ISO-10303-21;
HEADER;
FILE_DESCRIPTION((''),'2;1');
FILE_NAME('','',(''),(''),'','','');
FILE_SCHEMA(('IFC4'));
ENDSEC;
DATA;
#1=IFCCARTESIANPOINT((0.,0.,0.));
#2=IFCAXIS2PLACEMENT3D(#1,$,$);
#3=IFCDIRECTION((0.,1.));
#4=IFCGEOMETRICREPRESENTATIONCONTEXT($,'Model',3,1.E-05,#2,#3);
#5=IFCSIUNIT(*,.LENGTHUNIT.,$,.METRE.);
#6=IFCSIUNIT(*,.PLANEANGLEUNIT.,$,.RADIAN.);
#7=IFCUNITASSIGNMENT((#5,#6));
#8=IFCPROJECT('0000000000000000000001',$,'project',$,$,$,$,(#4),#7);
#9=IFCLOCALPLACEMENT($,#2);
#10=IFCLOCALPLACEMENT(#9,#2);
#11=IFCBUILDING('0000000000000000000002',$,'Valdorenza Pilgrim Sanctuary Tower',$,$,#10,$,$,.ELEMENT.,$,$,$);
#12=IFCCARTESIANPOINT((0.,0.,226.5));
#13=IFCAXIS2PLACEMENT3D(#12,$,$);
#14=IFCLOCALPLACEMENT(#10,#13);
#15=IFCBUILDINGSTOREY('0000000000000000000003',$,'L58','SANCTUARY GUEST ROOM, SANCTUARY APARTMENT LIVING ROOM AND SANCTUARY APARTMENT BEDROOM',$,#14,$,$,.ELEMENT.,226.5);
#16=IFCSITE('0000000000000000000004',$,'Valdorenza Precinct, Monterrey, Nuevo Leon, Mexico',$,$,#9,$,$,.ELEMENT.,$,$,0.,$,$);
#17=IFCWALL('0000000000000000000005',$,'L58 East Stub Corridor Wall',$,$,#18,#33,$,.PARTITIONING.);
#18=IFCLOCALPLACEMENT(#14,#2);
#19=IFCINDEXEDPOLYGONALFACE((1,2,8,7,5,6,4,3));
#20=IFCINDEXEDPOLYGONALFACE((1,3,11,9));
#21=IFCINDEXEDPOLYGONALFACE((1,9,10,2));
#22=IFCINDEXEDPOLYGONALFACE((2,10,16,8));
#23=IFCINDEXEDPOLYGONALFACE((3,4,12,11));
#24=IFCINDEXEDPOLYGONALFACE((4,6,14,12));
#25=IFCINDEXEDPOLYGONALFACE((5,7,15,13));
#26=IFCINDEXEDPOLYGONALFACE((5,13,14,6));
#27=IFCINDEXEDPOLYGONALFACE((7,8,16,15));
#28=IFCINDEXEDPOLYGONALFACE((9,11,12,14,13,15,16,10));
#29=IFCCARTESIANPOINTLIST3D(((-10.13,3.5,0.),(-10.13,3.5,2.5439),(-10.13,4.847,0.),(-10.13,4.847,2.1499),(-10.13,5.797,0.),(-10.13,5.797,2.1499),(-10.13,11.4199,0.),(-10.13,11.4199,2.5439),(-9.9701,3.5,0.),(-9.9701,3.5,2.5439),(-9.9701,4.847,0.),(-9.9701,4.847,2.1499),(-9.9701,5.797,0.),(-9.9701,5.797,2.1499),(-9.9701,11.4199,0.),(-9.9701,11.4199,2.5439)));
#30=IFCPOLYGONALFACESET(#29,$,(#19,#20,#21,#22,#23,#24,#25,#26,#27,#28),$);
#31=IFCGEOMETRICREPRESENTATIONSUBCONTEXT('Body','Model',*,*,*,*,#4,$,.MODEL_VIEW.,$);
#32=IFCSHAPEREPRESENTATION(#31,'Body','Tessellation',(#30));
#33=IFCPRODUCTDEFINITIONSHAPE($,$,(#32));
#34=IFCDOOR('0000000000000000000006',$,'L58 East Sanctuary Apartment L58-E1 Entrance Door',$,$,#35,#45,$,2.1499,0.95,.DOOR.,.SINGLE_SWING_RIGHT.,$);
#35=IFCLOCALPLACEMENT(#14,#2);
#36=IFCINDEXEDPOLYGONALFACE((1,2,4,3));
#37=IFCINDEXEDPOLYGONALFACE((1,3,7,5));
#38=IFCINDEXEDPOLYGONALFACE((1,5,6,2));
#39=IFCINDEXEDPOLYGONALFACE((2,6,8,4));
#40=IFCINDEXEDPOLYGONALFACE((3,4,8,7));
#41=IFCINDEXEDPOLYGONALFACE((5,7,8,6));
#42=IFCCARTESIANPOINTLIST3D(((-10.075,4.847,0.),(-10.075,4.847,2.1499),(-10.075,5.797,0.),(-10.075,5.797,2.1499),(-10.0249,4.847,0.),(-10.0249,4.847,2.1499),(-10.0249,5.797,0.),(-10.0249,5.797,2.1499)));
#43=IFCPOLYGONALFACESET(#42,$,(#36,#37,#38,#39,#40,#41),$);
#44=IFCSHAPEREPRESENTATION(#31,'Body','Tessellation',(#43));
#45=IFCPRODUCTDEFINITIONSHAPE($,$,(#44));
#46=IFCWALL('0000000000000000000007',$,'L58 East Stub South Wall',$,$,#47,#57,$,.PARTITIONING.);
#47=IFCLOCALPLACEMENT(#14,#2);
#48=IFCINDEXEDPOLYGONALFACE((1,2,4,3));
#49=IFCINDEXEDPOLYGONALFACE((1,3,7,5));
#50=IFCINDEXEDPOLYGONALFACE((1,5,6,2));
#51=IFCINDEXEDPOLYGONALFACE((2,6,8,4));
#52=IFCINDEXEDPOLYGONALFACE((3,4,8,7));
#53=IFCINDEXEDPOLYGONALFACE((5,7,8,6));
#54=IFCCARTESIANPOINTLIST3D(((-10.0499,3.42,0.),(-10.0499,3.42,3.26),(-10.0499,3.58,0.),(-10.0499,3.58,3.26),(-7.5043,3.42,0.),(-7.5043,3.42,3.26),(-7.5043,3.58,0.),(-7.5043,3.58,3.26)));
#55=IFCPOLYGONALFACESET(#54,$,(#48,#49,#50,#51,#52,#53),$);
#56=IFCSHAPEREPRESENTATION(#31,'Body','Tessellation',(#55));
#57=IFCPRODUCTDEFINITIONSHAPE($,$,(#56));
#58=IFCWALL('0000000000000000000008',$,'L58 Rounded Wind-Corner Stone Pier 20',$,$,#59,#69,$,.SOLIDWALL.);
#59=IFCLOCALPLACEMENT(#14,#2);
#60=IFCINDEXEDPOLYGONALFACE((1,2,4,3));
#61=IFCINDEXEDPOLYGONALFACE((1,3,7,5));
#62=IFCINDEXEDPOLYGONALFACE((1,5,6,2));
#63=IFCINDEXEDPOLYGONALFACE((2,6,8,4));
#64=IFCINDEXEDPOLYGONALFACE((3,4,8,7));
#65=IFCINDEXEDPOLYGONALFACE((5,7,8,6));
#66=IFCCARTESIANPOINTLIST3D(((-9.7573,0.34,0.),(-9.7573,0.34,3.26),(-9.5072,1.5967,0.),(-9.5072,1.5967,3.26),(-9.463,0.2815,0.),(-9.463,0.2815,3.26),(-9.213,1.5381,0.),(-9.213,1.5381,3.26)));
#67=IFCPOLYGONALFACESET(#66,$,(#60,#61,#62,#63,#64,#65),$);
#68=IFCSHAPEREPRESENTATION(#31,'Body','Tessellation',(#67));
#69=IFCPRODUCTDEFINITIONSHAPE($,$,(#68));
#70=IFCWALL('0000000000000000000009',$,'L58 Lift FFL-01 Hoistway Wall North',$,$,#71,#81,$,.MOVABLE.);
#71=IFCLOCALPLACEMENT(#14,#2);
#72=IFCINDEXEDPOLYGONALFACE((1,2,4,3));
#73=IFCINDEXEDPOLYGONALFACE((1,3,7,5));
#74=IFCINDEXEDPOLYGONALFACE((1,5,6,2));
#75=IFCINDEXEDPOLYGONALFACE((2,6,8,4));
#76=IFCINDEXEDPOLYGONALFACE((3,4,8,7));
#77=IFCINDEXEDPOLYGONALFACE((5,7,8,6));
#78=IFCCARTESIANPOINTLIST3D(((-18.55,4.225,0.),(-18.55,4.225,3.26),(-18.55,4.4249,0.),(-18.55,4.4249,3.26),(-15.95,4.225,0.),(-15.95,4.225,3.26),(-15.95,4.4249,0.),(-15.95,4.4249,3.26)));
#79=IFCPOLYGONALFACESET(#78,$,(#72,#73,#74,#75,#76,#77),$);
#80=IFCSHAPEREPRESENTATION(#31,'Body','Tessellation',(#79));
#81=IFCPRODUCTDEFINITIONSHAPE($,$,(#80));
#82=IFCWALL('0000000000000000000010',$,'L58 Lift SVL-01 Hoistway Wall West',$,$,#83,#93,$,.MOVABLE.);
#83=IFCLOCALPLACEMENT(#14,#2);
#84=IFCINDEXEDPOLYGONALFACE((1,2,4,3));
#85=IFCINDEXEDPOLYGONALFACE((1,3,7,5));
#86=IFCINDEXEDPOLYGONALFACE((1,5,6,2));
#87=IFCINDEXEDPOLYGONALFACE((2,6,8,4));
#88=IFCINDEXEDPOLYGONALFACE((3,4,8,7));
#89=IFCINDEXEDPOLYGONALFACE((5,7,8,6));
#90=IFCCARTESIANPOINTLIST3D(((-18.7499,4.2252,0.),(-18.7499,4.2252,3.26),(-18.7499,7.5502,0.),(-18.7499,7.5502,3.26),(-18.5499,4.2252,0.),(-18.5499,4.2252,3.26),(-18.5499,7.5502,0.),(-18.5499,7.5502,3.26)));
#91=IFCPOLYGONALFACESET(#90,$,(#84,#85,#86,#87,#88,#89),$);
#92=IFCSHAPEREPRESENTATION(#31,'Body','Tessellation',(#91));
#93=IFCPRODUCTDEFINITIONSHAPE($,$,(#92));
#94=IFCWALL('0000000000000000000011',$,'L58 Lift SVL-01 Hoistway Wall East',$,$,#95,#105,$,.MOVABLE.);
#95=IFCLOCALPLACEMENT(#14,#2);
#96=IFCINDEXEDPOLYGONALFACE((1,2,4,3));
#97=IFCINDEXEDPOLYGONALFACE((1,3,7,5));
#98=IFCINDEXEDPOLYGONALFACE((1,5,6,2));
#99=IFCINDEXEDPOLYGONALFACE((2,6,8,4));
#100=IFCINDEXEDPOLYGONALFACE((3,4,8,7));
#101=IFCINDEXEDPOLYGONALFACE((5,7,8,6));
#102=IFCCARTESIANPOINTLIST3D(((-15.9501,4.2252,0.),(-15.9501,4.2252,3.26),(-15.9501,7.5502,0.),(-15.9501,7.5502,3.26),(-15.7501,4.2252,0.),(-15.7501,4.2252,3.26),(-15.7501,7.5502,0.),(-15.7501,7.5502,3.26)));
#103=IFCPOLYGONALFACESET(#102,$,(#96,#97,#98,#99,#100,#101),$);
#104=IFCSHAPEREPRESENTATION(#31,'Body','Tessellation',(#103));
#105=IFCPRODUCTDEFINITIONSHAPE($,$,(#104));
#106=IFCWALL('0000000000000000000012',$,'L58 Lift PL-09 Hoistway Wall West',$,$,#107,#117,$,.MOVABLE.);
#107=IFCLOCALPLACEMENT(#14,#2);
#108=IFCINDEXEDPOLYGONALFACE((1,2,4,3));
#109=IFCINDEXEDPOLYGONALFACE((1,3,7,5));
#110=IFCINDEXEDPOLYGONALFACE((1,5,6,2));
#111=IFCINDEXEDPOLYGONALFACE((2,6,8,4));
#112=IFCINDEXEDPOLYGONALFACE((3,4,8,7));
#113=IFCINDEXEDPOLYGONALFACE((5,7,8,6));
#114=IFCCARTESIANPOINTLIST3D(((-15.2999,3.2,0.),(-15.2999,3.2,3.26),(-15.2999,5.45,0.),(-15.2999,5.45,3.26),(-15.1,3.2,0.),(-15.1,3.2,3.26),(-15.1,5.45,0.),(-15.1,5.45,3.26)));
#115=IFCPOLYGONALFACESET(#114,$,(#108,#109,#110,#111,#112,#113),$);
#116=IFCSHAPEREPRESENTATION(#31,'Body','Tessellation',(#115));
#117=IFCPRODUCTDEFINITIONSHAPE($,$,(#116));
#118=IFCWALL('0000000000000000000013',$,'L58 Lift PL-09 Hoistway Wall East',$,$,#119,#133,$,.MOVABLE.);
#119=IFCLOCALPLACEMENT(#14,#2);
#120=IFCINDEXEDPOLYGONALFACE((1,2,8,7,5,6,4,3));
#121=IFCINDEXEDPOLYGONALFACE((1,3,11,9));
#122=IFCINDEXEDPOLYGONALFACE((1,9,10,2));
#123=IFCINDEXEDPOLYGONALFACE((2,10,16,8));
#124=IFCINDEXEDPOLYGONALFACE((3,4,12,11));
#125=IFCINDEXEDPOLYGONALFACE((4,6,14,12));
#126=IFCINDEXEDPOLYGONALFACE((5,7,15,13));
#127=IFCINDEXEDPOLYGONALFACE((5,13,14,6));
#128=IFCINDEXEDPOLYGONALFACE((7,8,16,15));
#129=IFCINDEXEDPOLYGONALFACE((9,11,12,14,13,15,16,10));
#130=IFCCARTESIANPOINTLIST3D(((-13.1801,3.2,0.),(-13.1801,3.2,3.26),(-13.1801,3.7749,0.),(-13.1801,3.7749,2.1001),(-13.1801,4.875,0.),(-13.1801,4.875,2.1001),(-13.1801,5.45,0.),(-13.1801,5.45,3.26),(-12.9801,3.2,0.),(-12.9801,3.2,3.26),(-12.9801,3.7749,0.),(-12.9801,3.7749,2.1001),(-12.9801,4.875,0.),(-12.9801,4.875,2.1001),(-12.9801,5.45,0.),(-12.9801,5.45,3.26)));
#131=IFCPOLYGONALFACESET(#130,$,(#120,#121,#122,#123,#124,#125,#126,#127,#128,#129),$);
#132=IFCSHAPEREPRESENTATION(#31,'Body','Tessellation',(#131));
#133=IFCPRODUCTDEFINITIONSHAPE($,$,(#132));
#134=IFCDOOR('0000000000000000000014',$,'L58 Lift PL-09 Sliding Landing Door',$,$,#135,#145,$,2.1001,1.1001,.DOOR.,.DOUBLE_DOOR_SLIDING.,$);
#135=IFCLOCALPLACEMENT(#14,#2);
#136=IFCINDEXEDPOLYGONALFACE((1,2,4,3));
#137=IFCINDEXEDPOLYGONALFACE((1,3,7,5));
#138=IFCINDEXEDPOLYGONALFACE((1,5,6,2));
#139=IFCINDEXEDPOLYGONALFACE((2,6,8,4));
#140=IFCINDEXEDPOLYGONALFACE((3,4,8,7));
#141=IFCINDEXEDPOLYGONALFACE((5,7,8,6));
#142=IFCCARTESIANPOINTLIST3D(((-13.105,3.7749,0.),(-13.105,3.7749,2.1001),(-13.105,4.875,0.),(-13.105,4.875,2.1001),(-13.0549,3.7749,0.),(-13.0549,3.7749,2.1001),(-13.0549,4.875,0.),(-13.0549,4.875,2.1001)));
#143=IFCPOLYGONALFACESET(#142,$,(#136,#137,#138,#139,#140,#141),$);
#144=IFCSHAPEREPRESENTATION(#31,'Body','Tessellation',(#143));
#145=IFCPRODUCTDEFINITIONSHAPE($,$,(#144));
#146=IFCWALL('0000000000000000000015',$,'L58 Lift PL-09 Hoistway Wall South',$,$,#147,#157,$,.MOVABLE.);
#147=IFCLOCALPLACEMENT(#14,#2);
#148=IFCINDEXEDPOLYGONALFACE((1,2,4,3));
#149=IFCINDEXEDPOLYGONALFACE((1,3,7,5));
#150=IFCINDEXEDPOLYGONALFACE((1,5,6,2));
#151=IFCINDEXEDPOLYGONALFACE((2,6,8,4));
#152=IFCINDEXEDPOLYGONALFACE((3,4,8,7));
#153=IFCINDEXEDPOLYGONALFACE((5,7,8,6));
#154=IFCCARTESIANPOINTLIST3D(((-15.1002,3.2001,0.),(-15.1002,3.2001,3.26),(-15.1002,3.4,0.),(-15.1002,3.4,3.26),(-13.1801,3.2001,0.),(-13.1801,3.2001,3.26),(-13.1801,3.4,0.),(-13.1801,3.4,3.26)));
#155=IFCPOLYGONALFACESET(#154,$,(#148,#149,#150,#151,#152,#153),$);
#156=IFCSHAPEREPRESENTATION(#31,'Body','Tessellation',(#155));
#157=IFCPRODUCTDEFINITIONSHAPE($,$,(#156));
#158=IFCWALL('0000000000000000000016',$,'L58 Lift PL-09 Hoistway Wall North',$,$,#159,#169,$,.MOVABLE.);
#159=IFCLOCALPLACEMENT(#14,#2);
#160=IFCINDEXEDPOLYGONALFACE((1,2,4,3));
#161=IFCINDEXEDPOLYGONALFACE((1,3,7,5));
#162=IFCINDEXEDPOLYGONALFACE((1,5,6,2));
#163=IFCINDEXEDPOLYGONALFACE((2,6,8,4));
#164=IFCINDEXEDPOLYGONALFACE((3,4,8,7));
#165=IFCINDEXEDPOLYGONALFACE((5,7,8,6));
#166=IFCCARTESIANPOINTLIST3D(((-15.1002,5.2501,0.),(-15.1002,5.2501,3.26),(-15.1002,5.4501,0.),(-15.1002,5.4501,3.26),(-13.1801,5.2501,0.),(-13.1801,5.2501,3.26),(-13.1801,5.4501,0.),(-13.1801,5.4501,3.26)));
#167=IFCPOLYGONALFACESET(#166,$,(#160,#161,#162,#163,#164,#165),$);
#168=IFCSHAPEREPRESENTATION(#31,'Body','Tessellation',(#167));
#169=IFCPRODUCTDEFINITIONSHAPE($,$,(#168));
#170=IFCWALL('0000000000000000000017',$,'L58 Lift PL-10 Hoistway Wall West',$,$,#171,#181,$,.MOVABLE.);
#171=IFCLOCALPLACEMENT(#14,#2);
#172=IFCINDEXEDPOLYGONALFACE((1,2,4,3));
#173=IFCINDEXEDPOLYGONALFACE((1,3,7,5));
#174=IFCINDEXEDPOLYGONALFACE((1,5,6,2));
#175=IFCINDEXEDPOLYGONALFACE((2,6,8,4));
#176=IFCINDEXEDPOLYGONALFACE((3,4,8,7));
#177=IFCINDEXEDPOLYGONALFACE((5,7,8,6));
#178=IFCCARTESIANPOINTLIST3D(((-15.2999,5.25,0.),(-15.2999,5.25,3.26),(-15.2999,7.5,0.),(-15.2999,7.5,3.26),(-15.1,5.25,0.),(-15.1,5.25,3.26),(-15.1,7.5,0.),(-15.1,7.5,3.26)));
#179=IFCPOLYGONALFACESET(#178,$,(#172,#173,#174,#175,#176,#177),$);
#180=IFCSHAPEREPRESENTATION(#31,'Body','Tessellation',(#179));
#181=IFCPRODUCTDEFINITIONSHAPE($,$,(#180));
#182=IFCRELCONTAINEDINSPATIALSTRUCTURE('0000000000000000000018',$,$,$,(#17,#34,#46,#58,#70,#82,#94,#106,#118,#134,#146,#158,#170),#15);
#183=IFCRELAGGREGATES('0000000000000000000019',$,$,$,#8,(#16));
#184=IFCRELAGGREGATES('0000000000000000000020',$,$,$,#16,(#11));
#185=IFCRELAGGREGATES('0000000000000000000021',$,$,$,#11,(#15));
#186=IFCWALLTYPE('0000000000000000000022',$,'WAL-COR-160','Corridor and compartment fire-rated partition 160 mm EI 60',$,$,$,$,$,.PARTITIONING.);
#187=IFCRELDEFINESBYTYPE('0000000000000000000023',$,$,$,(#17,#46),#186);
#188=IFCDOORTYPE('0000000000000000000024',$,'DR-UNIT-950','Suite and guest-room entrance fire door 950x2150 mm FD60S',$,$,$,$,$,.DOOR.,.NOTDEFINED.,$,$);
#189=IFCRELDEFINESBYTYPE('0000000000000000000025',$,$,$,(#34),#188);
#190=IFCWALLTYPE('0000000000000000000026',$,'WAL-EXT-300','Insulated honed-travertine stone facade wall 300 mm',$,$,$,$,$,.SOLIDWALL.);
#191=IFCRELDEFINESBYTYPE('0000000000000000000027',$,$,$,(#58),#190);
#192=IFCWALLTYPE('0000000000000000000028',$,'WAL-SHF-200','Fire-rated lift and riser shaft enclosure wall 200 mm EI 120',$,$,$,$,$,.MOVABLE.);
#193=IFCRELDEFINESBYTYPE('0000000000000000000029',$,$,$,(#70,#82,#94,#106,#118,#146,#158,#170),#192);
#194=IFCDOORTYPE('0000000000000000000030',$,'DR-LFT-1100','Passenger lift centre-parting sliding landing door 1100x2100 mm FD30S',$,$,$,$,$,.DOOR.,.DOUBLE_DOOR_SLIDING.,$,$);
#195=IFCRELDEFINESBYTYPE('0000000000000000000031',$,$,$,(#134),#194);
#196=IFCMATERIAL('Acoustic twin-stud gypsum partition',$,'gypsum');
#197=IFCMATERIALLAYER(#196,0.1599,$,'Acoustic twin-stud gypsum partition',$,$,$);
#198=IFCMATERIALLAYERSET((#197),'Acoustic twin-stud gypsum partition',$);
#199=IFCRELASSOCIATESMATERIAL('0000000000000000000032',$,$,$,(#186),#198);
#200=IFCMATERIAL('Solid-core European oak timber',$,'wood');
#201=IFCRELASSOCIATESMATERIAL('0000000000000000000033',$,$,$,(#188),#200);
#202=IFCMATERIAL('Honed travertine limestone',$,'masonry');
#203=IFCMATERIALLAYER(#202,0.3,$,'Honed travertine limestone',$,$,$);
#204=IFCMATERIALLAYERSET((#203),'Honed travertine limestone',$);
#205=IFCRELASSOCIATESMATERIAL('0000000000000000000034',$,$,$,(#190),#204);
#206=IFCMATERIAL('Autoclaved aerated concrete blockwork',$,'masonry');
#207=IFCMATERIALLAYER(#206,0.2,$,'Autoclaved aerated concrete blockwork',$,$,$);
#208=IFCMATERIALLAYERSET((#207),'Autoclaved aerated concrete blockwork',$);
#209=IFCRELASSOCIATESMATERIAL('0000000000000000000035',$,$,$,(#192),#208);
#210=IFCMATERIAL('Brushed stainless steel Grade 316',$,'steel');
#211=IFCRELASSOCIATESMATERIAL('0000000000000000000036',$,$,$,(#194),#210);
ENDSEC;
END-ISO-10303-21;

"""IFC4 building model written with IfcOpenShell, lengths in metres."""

from ifc_helpers import new_model, si_unit, direction, frame, frame_2d, origin, place, context, subcontext, project, spatial, rectangle, extrude, material, layer, layer_set, type_object, element, fill, save


model = new_model("IFC4")

# Units and contexts
model_context = context("Model", 3, precision=1e-05, world=origin(), true_north=direction((0.0, 1.0)))
body_context = subcontext(model_context, "Body", "Model", "MODEL_VIEW")
ifc_project = project(units=[si_unit("LENGTHUNIT", "METRE"), si_unit("PLANEANGLEUNIT", "RADIAN")], contexts=[model_context])

# Site, building, storey
site_placement = place(None, origin())
site = spatial("IfcSite", under=ifc_project, at=site_placement, Name="Valdorenza Precinct, Monterrey, Nuevo Leon, Mexico", CompositionType="ELEMENT", RefElevation=0.0)
building_placement = place(site_placement, origin())
building = spatial("IfcBuilding", under=site, at=building_placement, Name="Valdorenza Pilgrim Sanctuary Tower", CompositionType="ELEMENT")
storey_placement = place(building_placement, frame((0.0, 0.0, 226.5)))
storey = spatial("IfcBuildingStorey", under=building, at=storey_placement, Name="L58", Description="SANCTUARY GUEST ROOM, SANCTUARY APARTMENT LIVING ROOM AND SANCTUARY APARTMENT BEDROOM", CompositionType="ELEMENT", Elevation=226.5)

# Wall, opening, door
ifc_material_1 = material(Name="Acoustic twin-stud gypsum partition", Category="gypsum")
ifc_layer_1 = layer(ifc_material_1, 0.1599, Name="Acoustic twin-stud gypsum partition")
ifc_layer_set_1 = layer_set([ifc_layer_1], Name="Acoustic twin-stud gypsum partition")
wall_type_1 = type_object("IfcWallType", Name="WAL-COR-160", Description="Corridor and compartment fire-rated partition 160 mm EI 60", PredefinedType="PARTITIONING", material=ifc_layer_set_1)
wall_1_placement = place(storey_placement, frame((-10.05, 3.5, 0.0), z_axis=(0.0, 0.0, 1.0), x_axis=(0.0, 1.0, 0.0)))
wall_1 = element("IfcWall", 1, at=wall_1_placement, inside=storey, type_object=wall_type_1, Name="L58 East Stub Corridor Wall", PredefinedType="PARTITIONING", context=body_context, shape_type="SweptSolid", body=[
    extrude(rectangle(XDim=7.9199, YDim=0.1599, at=frame_2d((3.96, 0.0))), origin(), (0.0, 0.0, 1.0), 2.5439),
])
opening_1_placement = place(wall_1_placement, frame((1.3469, 0.0, 0.0)))
opening_1 = element("IfcOpeningElement", 2, at=opening_1_placement, cuts=wall_1, PredefinedType="OPENING", context=body_context, shape_type="SweptSolid", body=[
    extrude(rectangle(XDim=0.95, YDim=2.1499, at=frame_2d((0.4751, 1.075))), frame((0.0, 0.0947, 0.0), z_axis=(0.0, -1.0, 0.0), x_axis=(1.0, 0.0, 0.0)), (0.0, 0.0, 1.0), 0.1897),
])
ifc_material_2 = material(Name="Solid-core European oak timber", Category="wood")
door_type_1 = type_object("IfcDoorType", Name="DR-UNIT-950", Description="Suite and guest-room entrance fire door 950x2150 mm FD60S", OperationType="NOTDEFINED", PredefinedType="DOOR", material=ifc_material_2)
door_1_placement = place(opening_1_placement, origin())
door_1 = element("IfcDoor", 3, at=door_1_placement, inside=storey, type_object=door_type_1, Name="L58 East Sanctuary Apartment L58-E1 Entrance Door", OperationType="SINGLE_SWING_RIGHT", OverallHeight=2.1499, OverallWidth=0.95, PredefinedType="DOOR", context=body_context, shape_type="SweptSolid", body=[
    extrude(rectangle(XDim=0.95, YDim=2.1499, at=frame_2d((0.4751, 1.075))), frame((0.0, 0.0249, 0.0), z_axis=(0.0, -1.0, 0.0), x_axis=(1.0, 0.0, 0.0)), (0.0, 0.0, 1.0), 0.05),
])
fill(opening_1, door_1)

# Walls
wall_2_placement = place(storey_placement, frame((-10.05, 3.5, 0.0), z_axis=(0.0, 0.0, 1.0), x_axis=(1.0, 0.0, 0.0)))
element("IfcWall", 4, at=wall_2_placement, inside=storey, type_object=wall_type_1, Name="L58 East Stub South Wall", PredefinedType="PARTITIONING", context=body_context, shape_type="SweptSolid", body=[
    extrude(rectangle(XDim=2.5457, YDim=0.1599, at=frame_2d((1.2729, 0.0))), origin(), (0.0, 0.0, 1.0), 3.26),
])
ifc_material_3 = material(Name="Honed travertine limestone", Category="masonry")
ifc_layer_2 = layer(ifc_material_3, 0.3, Name="Honed travertine limestone")
ifc_layer_set_2 = layer_set([ifc_layer_2], Name="Honed travertine limestone")
wall_type_2 = type_object("IfcWallType", Name="WAL-EXT-300", Description="Insulated honed-travertine stone facade wall 300 mm", PredefinedType="SOLIDWALL", material=ifc_layer_set_2)
wall_3_placement = place(storey_placement, frame((-9.3601, 1.5674, 0.0), z_axis=(0.0, 0.0, 1.0), x_axis=(-0.195127, -0.980778, 0.0)))
element("IfcWall", 5, at=wall_3_placement, inside=storey, type_object=wall_type_2, Name="L58 Rounded Wind-Corner Stone Pier 20", PredefinedType="SOLIDWALL", context=body_context, shape_type="SweptSolid", body=[
    extrude(rectangle(XDim=1.2812, YDim=0.3, at=frame_2d((0.6406, 0.0))), origin(), (0.0, 0.0, 1.0), 3.26),
])
ifc_material_4 = material(Name="Autoclaved aerated concrete blockwork", Category="masonry")
ifc_layer_3 = layer(ifc_material_4, 0.2, Name="Autoclaved aerated concrete blockwork")
ifc_layer_set_3 = layer_set([ifc_layer_3], Name="Autoclaved aerated concrete blockwork")
wall_type_3 = type_object("IfcWallType", Name="WAL-SHF-200", Description="Fire-rated lift and riser shaft enclosure wall 200 mm EI 120", PredefinedType="MOVABLE", material=ifc_layer_set_3)
wall_4_placement = place(storey_placement, frame((-18.55, 4.325, 0.0), z_axis=(0.0, 0.0, 1.0), x_axis=(1.0, 0.0, 0.0)))
element("IfcWall", 6, at=wall_4_placement, inside=storey, type_object=wall_type_3, Name="L58 Lift FFL-01 Hoistway Wall North", PredefinedType="MOVABLE", context=body_context, shape_type="SweptSolid", body=[
    extrude(rectangle(XDim=2.6001, YDim=0.2, at=frame_2d((1.3, 0.0))), origin(), (0.0, 0.0, 1.0), 3.26),
])
for number, where, z_axis, x_axis, name in (
    (7, (-18.6499, 4.2251, 0.0), (0.0, 0.0, 1.0), (0.0, 1.0, 0.0), "L58 Lift SVL-01 Hoistway Wall West"),
    (8, (-15.8501, 4.2251, 0.0), (0.0, 0.0, 1.0), (0.0, 1.0, 0.0), "L58 Lift SVL-01 Hoistway Wall East"),
):
    element("IfcWall", number, at=place(storey_placement, frame(where, z_axis=z_axis, x_axis=x_axis)), inside=storey, type_object=wall_type_3, Name=name, PredefinedType="MOVABLE", context=body_context, shape_type="SweptSolid", body=[
        extrude(rectangle(XDim=3.325, YDim=0.2, at=frame_2d((1.6626, 0.0))), origin(), (0.0, 0.0, 1.0), 3.26),
    ])
wall_5_placement = place(storey_placement, frame((-15.2, 3.2, 0.0), z_axis=(0.0, 0.0, 1.0), x_axis=(0.0, 1.0, 0.0)))
element("IfcWall", 9, at=wall_5_placement, inside=storey, type_object=wall_type_3, Name="L58 Lift PL-09 Hoistway Wall West", PredefinedType="MOVABLE", context=body_context, shape_type="SweptSolid", body=[
    extrude(rectangle(XDim=2.25, YDim=0.2, at=frame_2d((1.125, 0.0))), origin(), (0.0, 0.0, 1.0), 3.26),
])

# Wall, opening, door
wall_6_placement = place(storey_placement, frame((-13.0801, 3.2, 0.0), z_axis=(0.0, 0.0, 1.0), x_axis=(0.0, 1.0, 0.0)))
wall_6 = element("IfcWall", 10, at=wall_6_placement, inside=storey, type_object=wall_type_3, Name="L58 Lift PL-09 Hoistway Wall East", PredefinedType="MOVABLE", context=body_context, shape_type="SweptSolid", body=[
    extrude(rectangle(XDim=2.25, YDim=0.2, at=frame_2d((1.125, 0.0))), origin(), (0.0, 0.0, 1.0), 3.26),
])
opening_2_placement = place(wall_6_placement, frame((0.575, 0.0, 0.0)))
opening_2 = element("IfcOpeningElement", 11, at=opening_2_placement, cuts=wall_6, PredefinedType="OPENING", context=body_context, shape_type="SweptSolid", body=[
    extrude(rectangle(XDim=1.1001, YDim=2.1001, at=frame_2d((0.55, 1.05))), frame((0.0, 0.1147, 0.0), z_axis=(0.0, -1.0, 0.0), x_axis=(1.0, 0.0, 0.0)), (0.0, 0.0, 1.0), 0.2297),
])
ifc_material_5 = material(Name="Brushed stainless steel Grade 316", Category="steel")
door_type_2 = type_object("IfcDoorType", Name="DR-LFT-1100", Description="Passenger lift centre-parting sliding landing door 1100x2100 mm FD30S", OperationType="DOUBLE_DOOR_SLIDING", PredefinedType="DOOR", material=ifc_material_5)
door_2_placement = place(opening_2_placement, origin())
door_2 = element("IfcDoor", 12, at=door_2_placement, inside=storey, type_object=door_type_2, Name="L58 Lift PL-09 Sliding Landing Door", OperationType="DOUBLE_DOOR_SLIDING", OverallHeight=2.1001, OverallWidth=1.1001, PredefinedType="DOOR", context=body_context, shape_type="SweptSolid", body=[
    extrude(rectangle(XDim=1.1001, YDim=2.1001, at=frame_2d((0.55, 1.05))), frame((0.0, 0.0249, 0.0), z_axis=(0.0, -1.0, 0.0), x_axis=(1.0, 0.0, 0.0)), (0.0, 0.0, 1.0), 0.05),
])
fill(opening_2, door_2)

# Walls
for number, where, z_axis, x_axis, name in (
    (13, (-15.1001, 3.3, 0.0), (0.0, 0.0, 1.0), (1.0, 0.0, 0.0), "L58 Lift PL-09 Hoistway Wall South"),
    (14, (-15.1001, 5.3501, 0.0), (0.0, 0.0, 1.0), (1.0, 0.0, 0.0), "L58 Lift PL-09 Hoistway Wall North"),
):
    element("IfcWall", number, at=place(storey_placement, frame(where, z_axis=z_axis, x_axis=x_axis)), inside=storey, type_object=wall_type_3, Name=name, PredefinedType="MOVABLE", context=body_context, shape_type="SweptSolid", body=[
        extrude(rectangle(XDim=1.9202, YDim=0.2, at=frame_2d((0.96, 0.0))), origin(), (0.0, 0.0, 1.0), 3.26),
    ])
wall_7_placement = place(storey_placement, frame((-15.2, 5.25, 0.0), z_axis=(0.0, 0.0, 1.0), x_axis=(0.0, 1.0, 0.0)))
element("IfcWall", 15, at=wall_7_placement, inside=storey, type_object=wall_type_3, Name="L58 Lift PL-10 Hoistway Wall West", PredefinedType="MOVABLE", context=body_context, shape_type="SweptSolid", body=[
    extrude(rectangle(XDim=2.25, YDim=0.2, at=frame_2d((1.125, 0.0))), origin(), (0.0, 0.0, 1.0), 3.26),
])

save(model, "model.ifc")
